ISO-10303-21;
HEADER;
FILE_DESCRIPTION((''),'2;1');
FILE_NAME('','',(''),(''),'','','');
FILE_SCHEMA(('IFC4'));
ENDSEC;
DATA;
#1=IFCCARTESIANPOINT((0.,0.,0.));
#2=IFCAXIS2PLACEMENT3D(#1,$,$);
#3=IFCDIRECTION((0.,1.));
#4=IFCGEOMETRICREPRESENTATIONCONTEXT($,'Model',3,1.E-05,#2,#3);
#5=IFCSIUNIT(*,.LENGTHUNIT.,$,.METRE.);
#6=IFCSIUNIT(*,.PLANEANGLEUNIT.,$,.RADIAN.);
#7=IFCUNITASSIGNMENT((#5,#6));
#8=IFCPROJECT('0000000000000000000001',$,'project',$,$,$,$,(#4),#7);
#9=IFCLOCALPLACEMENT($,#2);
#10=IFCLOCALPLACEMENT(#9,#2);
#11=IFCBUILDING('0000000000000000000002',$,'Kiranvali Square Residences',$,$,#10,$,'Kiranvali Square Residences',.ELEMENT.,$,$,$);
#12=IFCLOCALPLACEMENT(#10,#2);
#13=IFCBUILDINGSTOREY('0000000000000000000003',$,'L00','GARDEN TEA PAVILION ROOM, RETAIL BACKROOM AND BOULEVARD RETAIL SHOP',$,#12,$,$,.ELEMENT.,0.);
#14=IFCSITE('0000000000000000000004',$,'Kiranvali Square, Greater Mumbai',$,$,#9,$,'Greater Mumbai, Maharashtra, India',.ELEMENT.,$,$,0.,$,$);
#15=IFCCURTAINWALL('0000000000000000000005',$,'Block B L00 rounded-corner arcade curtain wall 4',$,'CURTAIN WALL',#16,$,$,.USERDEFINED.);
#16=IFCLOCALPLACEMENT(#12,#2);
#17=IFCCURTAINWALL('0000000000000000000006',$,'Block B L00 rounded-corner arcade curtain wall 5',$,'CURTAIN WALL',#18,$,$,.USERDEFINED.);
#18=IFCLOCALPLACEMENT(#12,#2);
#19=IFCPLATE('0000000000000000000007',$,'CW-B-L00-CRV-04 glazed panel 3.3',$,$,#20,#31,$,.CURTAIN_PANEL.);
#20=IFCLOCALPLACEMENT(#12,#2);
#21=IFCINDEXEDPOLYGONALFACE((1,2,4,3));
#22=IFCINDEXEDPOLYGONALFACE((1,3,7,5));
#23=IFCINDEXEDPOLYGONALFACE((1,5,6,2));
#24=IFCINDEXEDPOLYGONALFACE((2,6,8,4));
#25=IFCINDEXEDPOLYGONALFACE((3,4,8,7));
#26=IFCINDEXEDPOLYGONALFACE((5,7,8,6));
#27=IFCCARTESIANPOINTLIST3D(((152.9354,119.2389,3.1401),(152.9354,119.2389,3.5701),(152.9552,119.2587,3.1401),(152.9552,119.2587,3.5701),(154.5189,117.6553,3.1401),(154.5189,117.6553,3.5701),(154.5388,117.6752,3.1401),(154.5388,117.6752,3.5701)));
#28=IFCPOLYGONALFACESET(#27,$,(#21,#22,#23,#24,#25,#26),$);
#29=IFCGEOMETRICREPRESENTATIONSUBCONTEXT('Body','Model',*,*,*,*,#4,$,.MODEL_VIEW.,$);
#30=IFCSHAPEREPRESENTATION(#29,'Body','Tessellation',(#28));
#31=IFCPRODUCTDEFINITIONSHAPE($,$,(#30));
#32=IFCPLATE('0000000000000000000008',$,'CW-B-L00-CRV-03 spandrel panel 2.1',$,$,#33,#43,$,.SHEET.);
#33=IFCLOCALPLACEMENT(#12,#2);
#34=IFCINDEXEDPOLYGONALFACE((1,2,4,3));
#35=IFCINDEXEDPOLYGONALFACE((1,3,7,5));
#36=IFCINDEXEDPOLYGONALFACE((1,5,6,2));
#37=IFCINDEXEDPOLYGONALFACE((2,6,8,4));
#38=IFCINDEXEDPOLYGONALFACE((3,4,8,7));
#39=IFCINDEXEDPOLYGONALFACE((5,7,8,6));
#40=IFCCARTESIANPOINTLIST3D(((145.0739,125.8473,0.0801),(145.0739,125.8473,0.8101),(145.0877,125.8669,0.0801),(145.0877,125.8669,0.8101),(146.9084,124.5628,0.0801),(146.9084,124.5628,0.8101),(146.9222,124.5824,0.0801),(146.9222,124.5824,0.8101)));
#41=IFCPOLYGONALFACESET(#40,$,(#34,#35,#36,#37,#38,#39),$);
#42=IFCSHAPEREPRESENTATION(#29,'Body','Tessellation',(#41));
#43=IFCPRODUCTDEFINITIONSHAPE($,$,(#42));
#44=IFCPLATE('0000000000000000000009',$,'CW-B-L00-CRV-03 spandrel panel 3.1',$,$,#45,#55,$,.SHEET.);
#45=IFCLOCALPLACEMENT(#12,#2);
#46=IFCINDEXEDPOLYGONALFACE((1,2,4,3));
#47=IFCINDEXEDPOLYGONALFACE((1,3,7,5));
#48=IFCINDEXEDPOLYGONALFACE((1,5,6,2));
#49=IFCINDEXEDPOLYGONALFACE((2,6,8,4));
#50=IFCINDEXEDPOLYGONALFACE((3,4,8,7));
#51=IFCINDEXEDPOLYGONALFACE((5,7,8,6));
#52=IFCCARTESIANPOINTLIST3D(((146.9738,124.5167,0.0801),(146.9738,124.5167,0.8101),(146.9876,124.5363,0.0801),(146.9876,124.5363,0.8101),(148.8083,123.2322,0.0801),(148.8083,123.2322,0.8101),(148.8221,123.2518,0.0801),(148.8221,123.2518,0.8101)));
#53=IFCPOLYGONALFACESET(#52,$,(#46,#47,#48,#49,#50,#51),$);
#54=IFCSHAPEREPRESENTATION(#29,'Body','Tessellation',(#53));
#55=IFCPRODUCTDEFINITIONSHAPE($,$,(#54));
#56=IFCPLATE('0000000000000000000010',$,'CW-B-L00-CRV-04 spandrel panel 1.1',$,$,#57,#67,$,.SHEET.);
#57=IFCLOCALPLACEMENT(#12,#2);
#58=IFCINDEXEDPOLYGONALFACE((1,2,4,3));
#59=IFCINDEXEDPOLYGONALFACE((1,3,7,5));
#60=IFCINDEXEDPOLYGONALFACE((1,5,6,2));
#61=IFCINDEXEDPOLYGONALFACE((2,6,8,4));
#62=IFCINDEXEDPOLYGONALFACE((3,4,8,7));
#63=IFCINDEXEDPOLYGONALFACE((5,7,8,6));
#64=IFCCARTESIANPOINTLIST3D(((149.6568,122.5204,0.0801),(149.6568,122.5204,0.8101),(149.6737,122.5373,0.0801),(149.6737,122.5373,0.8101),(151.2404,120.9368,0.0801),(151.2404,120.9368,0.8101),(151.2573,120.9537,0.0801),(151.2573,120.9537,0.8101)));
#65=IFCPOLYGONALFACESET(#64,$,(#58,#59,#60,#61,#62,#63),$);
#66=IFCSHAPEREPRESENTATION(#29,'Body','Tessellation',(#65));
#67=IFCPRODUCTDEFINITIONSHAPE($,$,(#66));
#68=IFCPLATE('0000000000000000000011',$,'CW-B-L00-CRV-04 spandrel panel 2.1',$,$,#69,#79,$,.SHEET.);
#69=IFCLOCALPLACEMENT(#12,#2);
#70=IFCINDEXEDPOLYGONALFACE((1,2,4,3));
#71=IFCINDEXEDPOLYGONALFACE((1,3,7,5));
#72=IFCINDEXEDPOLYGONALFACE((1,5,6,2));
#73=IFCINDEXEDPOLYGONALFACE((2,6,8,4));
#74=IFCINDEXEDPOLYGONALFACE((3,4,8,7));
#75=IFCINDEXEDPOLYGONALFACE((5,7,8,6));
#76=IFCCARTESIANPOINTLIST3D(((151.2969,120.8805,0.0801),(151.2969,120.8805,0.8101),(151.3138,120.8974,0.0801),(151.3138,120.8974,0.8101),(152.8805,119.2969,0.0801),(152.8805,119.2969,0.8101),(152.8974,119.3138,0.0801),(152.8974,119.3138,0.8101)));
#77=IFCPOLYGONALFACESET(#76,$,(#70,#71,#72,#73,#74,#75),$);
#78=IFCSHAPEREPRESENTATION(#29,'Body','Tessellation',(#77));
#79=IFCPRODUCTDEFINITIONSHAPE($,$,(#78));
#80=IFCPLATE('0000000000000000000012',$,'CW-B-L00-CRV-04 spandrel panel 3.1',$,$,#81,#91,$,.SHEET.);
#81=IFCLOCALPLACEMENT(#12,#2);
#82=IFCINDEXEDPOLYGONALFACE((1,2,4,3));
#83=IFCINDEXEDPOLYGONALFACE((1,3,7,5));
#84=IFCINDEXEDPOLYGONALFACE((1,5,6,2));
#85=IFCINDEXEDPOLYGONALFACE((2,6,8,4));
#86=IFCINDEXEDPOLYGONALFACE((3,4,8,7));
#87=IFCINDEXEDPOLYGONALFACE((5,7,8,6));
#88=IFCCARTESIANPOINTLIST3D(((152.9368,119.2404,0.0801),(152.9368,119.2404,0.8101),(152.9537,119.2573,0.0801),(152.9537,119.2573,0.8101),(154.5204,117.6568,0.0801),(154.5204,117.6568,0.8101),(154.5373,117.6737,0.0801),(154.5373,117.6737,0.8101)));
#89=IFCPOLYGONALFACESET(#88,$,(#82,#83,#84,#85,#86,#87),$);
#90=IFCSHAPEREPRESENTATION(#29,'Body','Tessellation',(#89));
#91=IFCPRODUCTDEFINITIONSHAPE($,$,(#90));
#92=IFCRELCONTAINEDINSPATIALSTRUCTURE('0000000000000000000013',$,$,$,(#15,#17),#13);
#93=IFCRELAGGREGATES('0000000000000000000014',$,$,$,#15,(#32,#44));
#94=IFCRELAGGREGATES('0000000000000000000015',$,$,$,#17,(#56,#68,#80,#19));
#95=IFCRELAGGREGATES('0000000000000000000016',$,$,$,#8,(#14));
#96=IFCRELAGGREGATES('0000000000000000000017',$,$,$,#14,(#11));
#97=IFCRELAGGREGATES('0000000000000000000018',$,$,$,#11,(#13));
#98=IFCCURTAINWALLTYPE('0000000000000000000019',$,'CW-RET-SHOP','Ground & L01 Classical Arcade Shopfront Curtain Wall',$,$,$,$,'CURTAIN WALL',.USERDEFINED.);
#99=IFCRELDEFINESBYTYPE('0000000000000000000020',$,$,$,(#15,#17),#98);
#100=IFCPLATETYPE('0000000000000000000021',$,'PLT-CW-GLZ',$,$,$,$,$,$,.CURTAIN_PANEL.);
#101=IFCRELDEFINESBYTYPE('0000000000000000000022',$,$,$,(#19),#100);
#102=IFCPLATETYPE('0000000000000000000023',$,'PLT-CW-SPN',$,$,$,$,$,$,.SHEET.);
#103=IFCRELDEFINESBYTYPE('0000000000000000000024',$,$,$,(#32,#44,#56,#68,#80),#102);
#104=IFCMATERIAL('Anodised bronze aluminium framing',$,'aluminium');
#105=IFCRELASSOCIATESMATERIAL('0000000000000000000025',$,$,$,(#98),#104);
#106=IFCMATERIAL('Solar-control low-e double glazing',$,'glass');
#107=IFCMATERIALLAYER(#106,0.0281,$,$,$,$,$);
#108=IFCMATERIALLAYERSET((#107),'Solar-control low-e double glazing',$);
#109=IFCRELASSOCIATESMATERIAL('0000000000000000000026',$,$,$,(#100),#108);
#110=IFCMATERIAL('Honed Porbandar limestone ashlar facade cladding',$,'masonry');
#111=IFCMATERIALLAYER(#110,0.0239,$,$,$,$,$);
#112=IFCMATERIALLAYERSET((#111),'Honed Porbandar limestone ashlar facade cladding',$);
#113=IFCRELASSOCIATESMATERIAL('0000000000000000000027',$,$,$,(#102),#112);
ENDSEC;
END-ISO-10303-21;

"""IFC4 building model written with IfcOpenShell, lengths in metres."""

from ifc_helpers import new_model, si_unit, direction, frame, origin, origin_2d, place, context, subcontext, project, spatial, rectangle, extrude, material, layer, layer_set, type_object, element, aggregate, save


model = new_model("IFC4")

# Units and contexts
model_context = context("Model", 3, precision=1e-05, world=origin(), true_north=direction((0.0, 1.0)))
body_context = subcontext(model_context, "Body", "Model", "MODEL_VIEW")
ifc_project = project(units=[si_unit("LENGTHUNIT", "METRE"), si_unit("PLANEANGLEUNIT", "RADIAN")], contexts=[model_context])

# Site, building, storey
site_placement = place(None, origin())
site = spatial("IfcSite", under=ifc_project, at=site_placement, Name="Kiranvali Square, Greater Mumbai", LongName="Greater Mumbai, Maharashtra, India", CompositionType="ELEMENT", RefElevation=0.0)
building_placement = place(site_placement, origin())
building = spatial("IfcBuilding", under=site, at=building_placement, Name="Kiranvali Square Residences", LongName="Kiranvali Square Residences", CompositionType="ELEMENT")
storey_placement = place(building_placement, origin())
storey = spatial("IfcBuildingStorey", under=building, at=storey_placement, Name="L00", Description="GARDEN TEA PAVILION ROOM, RETAIL BACKROOM AND BOULEVARD RETAIL SHOP", CompositionType="ELEMENT", Elevation=0.0)

# Curtain walls
ifc_material_1 = material(Name="Anodised bronze aluminium framing", Category="aluminium")
curtain_wall_type = type_object("IfcCurtainWallType", Name="CW-RET-SHOP", Description="Ground & L01 Classical Arcade Shopfront Curtain Wall", ElementType="CURTAIN WALL", PredefinedType="USERDEFINED", material=ifc_material_1)
curtain_wall_1_placement = place(storey_placement, origin())
curtain_wall_1 = element("IfcCurtainWall", 1, at=curtain_wall_1_placement, inside=storey, type_object=curtain_wall_type, Name="Block B L00 rounded-corner arcade curtain wall 4", ObjectType="CURTAIN WALL", PredefinedType="USERDEFINED")
curtain_wall_2_placement = place(storey_placement, origin())
curtain_wall_2 = element("IfcCurtainWall", 2, at=curtain_wall_2_placement, inside=storey, type_object=curtain_wall_type, Name="Block B L00 rounded-corner arcade curtain wall 5", ObjectType="CURTAIN WALL", PredefinedType="USERDEFINED")

# Plates
ifc_material_2 = material(Name="Solar-control low-e double glazing", Category="glass")
ifc_layer_1 = layer(ifc_material_2, 0.0281)
ifc_layer_set_1 = layer_set([ifc_layer_1], Name="Solar-control low-e double glazing")
plate_type_1 = type_object("IfcPlateType", Name="PLT-CW-GLZ", PredefinedType="CURTAIN_PANEL", material=ifc_layer_set_1)
plate_1_placement = place(storey_placement, frame((153.7371, 118.457, 3.1401), z_axis=(0.0, 0.0, 1.0), x_axis=(0.707107, -0.707107, 0.0)))
plate_1 = element("IfcPlate", 3, at=plate_1_placement, type_object=plate_type_1, Name="CW-B-L00-CRV-04 glazed panel 3.3", PredefinedType="CURTAIN_PANEL", context=body_context, shape_type="SweptSolid", body=[
    extrude(rectangle(XDim=2.2395, YDim=0.0281, at=origin_2d()), origin(), (0.0, 0.0, 1.0), 0.4299),
])
ifc_material_3 = material(Name="Honed Porbandar limestone ashlar facade cladding", Category="masonry")
ifc_layer_2 = layer(ifc_material_3, 0.0239)
ifc_layer_set_2 = layer_set([ifc_layer_2], Name="Honed Porbandar limestone ashlar facade cladding")
plate_type_2 = type_object("IfcPlateType", Name="PLT-CW-SPN", PredefinedType="SHEET", material=ifc_layer_set_2)
plate_2_placement = place(storey_placement, frame((145.998, 125.2148, 0.0801), z_axis=(0.0, 0.0, 1.0), x_axis=(0.819152, -0.573576, 0.0)))
plate_2 = element("IfcPlate", 4, at=plate_2_placement, type_object=plate_type_2, Name="CW-B-L00-CRV-03 spandrel panel 2.1", PredefinedType="SHEET", context=body_context, shape_type="SweptSolid", body=[
    extrude(rectangle(XDim=2.2395, YDim=0.0239, at=origin_2d()), origin(), (0.0, 0.0, 1.0), 0.73),
])
plate_3_placement = place(storey_placement, frame((147.8979, 123.8843, 0.0801), z_axis=(0.0, 0.0, 1.0), x_axis=(0.819152, -0.573576, 0.0)))
plate_3 = element("IfcPlate", 5, at=plate_3_placement, type_object=plate_type_2, Name="CW-B-L00-CRV-03 spandrel panel 3.1", PredefinedType="SHEET", context=body_context, shape_type="SweptSolid", body=[
    extrude(rectangle(XDim=2.2395, YDim=0.0239, at=origin_2d()), origin(), (0.0, 0.0, 1.0), 0.73),
])
aggregate(curtain_wall_1, [plate_2, plate_3])
plate_4_placement = place(storey_placement, frame((150.457, 121.7371, 0.0801), z_axis=(0.0, 0.0, 1.0), x_axis=(0.707107, -0.707107, 0.0)))
plate_4 = element("IfcPlate", 6, at=plate_4_placement, type_object=plate_type_2, Name="CW-B-L00-CRV-04 spandrel panel 1.1", PredefinedType="SHEET", context=body_context, shape_type="SweptSolid", body=[
    extrude(rectangle(XDim=2.2395, YDim=0.0239, at=origin_2d()), origin(), (0.0, 0.0, 1.0), 0.73),
])
plate_5_placement = place(storey_placement, frame((152.0972, 120.0972, 0.0801), z_axis=(0.0, 0.0, 1.0), x_axis=(0.707107, -0.707107, 0.0)))
plate_5 = element("IfcPlate", 7, at=plate_5_placement, type_object=plate_type_2, Name="CW-B-L00-CRV-04 spandrel panel 2.1", PredefinedType="SHEET", context=body_context, shape_type="SweptSolid", body=[
    extrude(rectangle(XDim=2.2395, YDim=0.0239, at=origin_2d()), origin(), (0.0, 0.0, 1.0), 0.73),
])
plate_6_placement = place(storey_placement, frame((153.7371, 118.457, 0.0801), z_axis=(0.0, 0.0, 1.0), x_axis=(0.707107, -0.707107, 0.0)))
plate_6 = element("IfcPlate", 8, at=plate_6_placement, type_object=plate_type_2, Name="CW-B-L00-CRV-04 spandrel panel 3.1", PredefinedType="SHEET", context=body_context, shape_type="SweptSolid", body=[
    extrude(rectangle(XDim=2.2395, YDim=0.0239, at=origin_2d()), origin(), (0.0, 0.0, 1.0), 0.73),
])
aggregate(curtain_wall_2, [plate_4, plate_5, plate_6, plate_1])

save(model, "model.ifc")
